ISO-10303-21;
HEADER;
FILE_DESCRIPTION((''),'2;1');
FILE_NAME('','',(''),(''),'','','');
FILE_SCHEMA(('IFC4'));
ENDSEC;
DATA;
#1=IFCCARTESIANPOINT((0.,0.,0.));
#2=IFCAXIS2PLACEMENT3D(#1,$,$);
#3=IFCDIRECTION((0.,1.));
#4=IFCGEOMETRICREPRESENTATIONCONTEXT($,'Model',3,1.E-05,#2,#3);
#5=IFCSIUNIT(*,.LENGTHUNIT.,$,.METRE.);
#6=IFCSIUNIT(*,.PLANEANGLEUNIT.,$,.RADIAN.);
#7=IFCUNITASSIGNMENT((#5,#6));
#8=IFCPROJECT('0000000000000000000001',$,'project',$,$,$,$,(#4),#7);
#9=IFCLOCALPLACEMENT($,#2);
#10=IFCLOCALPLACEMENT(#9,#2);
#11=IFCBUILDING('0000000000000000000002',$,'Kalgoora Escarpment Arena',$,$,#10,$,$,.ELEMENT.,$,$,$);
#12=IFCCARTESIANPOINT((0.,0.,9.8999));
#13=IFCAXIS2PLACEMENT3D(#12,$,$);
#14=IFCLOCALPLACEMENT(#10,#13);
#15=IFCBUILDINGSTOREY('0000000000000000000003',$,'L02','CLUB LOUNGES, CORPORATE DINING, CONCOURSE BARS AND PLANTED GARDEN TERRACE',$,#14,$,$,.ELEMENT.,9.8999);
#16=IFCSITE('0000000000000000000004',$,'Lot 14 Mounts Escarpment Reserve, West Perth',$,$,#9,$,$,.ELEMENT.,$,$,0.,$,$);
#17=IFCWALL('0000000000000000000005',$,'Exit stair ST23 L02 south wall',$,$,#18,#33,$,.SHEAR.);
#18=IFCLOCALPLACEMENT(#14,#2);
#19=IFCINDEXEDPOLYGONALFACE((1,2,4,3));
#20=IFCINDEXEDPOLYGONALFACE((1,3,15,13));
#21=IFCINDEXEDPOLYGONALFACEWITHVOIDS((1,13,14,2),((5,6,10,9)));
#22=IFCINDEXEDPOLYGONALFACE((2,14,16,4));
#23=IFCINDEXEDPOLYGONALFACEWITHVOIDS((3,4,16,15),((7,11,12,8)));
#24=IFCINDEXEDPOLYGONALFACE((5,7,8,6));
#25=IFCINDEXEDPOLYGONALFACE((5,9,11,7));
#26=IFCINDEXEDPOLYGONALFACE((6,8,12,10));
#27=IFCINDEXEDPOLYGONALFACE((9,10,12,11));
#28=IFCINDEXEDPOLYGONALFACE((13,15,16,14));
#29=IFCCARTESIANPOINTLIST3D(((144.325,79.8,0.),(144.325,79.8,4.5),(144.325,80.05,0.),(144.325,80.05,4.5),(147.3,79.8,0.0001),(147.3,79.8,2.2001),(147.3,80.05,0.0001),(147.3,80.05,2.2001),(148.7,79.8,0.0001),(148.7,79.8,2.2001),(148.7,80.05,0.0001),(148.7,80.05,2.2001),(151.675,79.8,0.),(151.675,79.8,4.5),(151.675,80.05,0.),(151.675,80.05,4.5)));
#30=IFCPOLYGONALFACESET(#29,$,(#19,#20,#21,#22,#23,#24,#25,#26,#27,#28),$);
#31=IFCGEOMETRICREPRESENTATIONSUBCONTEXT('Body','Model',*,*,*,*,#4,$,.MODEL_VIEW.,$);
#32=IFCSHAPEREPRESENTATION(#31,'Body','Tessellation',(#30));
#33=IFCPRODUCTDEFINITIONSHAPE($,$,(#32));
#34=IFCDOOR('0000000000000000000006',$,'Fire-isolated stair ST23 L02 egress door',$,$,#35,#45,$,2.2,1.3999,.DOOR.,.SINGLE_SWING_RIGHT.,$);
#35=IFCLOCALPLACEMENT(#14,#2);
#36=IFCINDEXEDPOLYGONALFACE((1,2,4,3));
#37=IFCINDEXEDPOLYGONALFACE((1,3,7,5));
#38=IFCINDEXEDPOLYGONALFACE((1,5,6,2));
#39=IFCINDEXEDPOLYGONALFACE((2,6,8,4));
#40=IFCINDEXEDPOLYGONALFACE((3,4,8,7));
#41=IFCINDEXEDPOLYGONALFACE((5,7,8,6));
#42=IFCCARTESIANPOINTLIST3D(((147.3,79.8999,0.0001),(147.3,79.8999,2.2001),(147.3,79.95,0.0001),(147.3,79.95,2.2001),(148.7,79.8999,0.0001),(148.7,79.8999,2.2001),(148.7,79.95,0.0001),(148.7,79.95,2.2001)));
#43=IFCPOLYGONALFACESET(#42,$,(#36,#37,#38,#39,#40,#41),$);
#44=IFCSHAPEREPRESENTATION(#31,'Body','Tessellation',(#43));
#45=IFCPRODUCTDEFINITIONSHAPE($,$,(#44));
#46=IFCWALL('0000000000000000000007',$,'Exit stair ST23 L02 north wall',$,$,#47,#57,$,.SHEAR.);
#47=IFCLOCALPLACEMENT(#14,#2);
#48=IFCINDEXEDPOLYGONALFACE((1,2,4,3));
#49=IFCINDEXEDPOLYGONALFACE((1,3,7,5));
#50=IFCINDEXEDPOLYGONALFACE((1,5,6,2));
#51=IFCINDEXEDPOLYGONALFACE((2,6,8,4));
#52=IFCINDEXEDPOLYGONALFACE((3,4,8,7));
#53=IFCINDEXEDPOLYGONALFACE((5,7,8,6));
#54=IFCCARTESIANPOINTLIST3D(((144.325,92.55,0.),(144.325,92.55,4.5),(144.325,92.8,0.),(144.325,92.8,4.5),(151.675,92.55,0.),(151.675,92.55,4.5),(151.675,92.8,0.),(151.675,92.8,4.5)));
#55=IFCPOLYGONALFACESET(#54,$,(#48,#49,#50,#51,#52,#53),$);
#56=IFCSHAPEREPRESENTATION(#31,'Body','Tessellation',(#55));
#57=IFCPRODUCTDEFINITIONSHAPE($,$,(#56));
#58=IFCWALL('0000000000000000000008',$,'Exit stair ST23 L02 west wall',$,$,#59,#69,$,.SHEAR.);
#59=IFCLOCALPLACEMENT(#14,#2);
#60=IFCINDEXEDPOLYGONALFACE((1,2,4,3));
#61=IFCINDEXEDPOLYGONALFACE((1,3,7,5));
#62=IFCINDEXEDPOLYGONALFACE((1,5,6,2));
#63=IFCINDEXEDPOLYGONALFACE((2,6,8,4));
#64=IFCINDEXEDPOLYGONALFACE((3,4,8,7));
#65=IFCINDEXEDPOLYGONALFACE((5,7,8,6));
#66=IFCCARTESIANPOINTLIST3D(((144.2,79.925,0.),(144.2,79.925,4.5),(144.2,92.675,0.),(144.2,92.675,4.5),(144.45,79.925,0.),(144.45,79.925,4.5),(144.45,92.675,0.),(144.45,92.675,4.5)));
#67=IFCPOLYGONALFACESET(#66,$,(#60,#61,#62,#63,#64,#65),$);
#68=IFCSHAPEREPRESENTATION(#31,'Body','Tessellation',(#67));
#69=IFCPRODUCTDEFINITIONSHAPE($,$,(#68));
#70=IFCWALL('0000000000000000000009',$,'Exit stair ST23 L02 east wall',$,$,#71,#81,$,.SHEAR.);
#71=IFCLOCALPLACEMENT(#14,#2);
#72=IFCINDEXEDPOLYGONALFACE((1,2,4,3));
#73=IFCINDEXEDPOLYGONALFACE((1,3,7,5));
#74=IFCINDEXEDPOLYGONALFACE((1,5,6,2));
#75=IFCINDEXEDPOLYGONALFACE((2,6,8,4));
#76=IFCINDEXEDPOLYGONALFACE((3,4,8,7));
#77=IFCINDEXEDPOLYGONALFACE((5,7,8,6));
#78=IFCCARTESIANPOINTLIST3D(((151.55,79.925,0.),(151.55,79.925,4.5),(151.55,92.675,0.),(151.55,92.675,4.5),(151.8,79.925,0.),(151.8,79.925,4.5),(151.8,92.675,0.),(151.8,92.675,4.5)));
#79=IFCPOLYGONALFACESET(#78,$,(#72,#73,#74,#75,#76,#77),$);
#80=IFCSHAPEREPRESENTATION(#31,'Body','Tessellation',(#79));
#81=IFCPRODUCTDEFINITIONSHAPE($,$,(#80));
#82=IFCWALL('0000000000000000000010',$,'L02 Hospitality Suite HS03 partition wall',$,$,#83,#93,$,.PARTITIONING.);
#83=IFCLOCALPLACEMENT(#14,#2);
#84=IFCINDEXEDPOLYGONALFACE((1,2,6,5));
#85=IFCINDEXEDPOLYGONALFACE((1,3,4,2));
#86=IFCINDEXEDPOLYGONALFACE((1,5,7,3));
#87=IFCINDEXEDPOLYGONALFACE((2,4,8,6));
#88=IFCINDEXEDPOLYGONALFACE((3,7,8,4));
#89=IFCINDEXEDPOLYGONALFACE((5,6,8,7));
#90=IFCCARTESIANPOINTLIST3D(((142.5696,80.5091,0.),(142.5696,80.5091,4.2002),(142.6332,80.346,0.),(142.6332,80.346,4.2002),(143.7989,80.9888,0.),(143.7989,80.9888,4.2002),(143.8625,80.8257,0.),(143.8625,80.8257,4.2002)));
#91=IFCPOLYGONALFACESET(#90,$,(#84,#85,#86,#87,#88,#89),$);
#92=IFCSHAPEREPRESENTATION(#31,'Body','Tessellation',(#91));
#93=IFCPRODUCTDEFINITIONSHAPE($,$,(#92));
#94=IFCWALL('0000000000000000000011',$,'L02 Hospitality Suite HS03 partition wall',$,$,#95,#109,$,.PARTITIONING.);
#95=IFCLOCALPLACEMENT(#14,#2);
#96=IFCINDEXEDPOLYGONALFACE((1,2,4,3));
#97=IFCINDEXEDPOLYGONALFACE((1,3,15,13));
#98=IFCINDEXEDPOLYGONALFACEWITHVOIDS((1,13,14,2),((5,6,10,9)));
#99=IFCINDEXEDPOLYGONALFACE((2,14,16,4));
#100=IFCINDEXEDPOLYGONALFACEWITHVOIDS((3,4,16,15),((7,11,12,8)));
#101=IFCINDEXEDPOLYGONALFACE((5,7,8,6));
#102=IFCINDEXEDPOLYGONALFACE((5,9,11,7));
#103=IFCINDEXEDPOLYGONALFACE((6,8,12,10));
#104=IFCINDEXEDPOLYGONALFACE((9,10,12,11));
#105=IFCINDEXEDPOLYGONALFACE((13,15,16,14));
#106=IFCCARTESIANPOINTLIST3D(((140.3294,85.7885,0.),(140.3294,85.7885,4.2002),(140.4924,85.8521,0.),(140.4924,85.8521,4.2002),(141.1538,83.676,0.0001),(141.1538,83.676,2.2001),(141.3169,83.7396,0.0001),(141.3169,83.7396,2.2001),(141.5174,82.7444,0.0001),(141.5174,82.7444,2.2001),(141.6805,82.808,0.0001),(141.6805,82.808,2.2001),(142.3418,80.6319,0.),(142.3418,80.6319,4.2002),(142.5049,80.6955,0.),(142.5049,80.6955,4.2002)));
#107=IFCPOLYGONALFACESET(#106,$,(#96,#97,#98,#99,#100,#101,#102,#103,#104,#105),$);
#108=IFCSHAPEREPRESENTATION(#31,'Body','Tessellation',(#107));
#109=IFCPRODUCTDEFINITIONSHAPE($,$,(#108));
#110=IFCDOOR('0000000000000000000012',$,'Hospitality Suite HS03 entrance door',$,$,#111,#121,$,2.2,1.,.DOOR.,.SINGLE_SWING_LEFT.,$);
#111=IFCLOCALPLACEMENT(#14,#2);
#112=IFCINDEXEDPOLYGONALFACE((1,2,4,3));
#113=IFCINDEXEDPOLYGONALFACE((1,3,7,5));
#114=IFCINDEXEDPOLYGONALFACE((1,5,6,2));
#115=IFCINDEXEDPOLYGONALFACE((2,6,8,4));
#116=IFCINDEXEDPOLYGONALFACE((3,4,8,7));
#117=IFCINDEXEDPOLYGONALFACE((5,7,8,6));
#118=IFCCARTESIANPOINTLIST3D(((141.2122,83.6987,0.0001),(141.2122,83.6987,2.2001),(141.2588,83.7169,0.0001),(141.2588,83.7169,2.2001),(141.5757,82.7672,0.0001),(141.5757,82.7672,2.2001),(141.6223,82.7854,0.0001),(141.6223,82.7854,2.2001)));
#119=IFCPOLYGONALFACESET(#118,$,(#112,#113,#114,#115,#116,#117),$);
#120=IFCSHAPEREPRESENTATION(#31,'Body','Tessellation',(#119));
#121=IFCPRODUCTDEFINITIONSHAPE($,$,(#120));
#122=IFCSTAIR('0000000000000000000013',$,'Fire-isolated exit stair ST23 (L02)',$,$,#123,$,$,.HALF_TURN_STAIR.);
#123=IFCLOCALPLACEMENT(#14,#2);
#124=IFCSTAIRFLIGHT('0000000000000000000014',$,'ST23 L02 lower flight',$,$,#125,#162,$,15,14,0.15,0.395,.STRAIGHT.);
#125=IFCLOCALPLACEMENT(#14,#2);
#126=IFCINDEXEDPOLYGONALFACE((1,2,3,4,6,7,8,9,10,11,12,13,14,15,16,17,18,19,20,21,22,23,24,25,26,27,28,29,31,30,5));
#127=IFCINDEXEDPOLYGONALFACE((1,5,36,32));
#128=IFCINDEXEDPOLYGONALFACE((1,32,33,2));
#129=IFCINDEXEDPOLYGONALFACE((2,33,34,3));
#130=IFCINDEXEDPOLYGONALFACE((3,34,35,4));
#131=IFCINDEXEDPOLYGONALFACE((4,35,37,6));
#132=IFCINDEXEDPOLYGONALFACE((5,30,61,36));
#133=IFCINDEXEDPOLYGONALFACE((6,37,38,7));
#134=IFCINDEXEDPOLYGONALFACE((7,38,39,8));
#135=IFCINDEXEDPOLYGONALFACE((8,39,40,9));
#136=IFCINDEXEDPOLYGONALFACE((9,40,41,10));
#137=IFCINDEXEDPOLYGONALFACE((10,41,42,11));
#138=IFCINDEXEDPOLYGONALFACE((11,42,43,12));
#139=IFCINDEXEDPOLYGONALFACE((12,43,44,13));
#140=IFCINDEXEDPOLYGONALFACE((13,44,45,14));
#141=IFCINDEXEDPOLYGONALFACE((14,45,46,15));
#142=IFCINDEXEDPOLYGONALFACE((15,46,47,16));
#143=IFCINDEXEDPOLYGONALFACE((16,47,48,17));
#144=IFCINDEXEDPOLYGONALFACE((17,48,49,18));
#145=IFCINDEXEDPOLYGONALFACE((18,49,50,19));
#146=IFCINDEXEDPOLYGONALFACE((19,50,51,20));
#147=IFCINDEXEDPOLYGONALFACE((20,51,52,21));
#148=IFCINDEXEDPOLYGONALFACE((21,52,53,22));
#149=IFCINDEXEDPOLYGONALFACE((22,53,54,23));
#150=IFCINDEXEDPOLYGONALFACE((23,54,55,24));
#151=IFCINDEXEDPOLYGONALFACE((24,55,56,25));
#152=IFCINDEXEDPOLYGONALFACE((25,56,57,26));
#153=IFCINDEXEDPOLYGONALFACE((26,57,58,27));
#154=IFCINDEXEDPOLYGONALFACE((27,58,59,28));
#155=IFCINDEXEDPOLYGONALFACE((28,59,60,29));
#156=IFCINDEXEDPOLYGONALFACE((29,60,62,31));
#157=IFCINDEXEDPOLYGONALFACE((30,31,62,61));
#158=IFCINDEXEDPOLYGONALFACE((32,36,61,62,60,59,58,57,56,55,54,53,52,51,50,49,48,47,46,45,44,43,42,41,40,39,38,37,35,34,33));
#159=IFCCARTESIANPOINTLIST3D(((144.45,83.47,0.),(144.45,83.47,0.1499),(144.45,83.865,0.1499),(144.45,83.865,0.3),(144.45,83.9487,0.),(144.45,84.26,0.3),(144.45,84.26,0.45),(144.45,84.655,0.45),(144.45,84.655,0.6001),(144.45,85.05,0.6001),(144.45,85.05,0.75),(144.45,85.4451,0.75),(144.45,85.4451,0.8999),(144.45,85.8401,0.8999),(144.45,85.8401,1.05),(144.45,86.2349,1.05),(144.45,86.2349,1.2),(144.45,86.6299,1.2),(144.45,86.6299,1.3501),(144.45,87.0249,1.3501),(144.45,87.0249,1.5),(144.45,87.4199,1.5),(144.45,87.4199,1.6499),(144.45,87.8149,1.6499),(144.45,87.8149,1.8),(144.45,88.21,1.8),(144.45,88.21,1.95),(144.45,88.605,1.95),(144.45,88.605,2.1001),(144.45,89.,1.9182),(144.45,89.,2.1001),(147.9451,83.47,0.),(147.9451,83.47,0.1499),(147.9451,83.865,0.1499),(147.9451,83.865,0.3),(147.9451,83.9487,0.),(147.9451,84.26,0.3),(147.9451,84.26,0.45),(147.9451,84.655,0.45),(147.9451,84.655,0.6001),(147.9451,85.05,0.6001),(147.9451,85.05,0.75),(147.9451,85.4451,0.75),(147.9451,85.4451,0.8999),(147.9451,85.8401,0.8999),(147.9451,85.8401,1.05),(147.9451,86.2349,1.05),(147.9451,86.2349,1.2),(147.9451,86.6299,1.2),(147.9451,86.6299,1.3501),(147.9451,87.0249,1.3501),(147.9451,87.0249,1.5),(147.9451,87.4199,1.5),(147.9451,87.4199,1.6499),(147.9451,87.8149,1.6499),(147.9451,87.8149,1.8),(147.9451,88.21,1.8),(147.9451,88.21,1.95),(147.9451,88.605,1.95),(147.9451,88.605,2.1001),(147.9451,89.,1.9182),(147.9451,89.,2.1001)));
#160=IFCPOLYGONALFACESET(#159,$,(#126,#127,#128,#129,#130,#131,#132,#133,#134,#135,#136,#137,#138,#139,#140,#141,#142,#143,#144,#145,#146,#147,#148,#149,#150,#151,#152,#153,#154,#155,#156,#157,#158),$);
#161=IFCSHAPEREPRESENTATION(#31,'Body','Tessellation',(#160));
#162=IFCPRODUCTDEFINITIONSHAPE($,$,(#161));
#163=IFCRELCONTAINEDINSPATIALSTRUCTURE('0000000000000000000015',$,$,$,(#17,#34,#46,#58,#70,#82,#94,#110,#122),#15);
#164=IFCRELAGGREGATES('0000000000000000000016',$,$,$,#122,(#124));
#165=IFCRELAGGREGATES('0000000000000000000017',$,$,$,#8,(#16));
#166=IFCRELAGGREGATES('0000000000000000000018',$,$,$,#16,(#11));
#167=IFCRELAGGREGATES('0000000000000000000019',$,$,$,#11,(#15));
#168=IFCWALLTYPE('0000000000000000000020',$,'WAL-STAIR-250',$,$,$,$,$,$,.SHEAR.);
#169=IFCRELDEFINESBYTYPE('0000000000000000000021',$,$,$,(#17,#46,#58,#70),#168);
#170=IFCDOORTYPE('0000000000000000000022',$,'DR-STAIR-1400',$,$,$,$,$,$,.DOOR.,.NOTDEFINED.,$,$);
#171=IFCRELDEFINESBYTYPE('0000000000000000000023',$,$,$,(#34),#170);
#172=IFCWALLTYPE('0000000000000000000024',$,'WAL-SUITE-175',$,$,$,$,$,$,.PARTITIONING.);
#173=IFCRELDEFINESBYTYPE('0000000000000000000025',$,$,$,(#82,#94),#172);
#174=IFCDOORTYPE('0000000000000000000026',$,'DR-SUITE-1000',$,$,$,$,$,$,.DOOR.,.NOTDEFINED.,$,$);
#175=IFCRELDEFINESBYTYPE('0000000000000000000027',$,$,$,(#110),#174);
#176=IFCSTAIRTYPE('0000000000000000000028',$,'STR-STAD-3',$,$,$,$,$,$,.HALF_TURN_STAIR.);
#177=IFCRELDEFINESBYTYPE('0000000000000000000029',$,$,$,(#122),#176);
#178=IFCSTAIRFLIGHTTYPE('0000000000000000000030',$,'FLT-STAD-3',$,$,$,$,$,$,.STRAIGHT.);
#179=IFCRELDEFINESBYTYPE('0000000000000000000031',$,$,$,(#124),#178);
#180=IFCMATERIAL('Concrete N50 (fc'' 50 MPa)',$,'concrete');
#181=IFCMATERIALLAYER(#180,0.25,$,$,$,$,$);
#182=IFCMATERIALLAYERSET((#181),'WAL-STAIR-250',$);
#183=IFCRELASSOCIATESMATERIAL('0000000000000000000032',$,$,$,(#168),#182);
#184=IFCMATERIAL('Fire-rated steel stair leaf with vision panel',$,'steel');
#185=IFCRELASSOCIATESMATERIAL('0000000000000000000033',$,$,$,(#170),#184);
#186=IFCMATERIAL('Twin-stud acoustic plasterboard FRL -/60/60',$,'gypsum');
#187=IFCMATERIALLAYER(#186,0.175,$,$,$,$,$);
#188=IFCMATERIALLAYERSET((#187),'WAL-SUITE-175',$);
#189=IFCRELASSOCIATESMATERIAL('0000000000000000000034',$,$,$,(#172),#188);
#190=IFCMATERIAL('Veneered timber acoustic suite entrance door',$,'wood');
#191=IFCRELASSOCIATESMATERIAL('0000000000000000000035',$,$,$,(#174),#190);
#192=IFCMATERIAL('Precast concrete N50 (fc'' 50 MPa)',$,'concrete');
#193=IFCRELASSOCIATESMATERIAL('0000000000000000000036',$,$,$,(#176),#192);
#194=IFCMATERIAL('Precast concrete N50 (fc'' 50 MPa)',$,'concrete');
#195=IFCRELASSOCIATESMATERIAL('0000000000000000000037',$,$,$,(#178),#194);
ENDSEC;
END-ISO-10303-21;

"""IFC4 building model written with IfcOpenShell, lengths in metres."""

from ifc_helpers import new_model, si_unit, direction, frame, frame_2d, origin, place, context, subcontext, project, spatial, polyline, rectangle, outline, extrude, material, layer, layer_set, type_object, element, fill, aggregate, save


model = new_model("IFC4")

# Units and contexts
model_context = context("Model", 3, precision=1e-05, world=origin(), true_north=direction((0.0, 1.0)))
body_context = subcontext(model_context, "Body", "Model", "MODEL_VIEW")
ifc_project = project(units=[si_unit("LENGTHUNIT", "METRE"), si_unit("PLANEANGLEUNIT", "RADIAN")], contexts=[model_context])

# Site, building, storey
site_placement = place(None, origin())
site = spatial("IfcSite", under=ifc_project, at=site_placement, Name="Lot 14 Mounts Escarpment Reserve, West Perth", CompositionType="ELEMENT", RefElevation=0.0)
building_placement = place(site_placement, origin())
building = spatial("IfcBuilding", under=site, at=building_placement, Name="Kalgoora Escarpment Arena", CompositionType="ELEMENT")
storey_placement = place(building_placement, frame((0.0, 0.0, 9.8999)))
storey = spatial("IfcBuildingStorey", under=building, at=storey_placement, Name="L02", Description="CLUB LOUNGES, CORPORATE DINING, CONCOURSE BARS AND PLANTED GARDEN TERRACE", CompositionType="ELEMENT", Elevation=9.8999)

# Wall, opening, door
ifc_material_1 = material(Name="Concrete N50 (fc' 50 MPa)", Category="concrete")
ifc_layer_1 = layer(ifc_material_1, 0.25)
ifc_layer_set_1 = layer_set([ifc_layer_1], Name="WAL-STAIR-250")
wall_type_1 = type_object("IfcWallType", Name="WAL-STAIR-250", PredefinedType="SHEAR", material=ifc_layer_set_1)
wall_1_placement = place(storey_placement, frame((144.325, 79.925, 0.0), z_axis=(0.0, 0.0, 1.0), x_axis=(1.0, 0.0, 0.0)))
wall_1 = element("IfcWall", 1, at=wall_1_placement, inside=storey, type_object=wall_type_1, Name="Exit stair ST23 L02 south wall", PredefinedType="SHEAR", context=body_context, shape_type="SweptSolid", body=[
    extrude(rectangle(XDim=7.3501, YDim=0.25, at=frame_2d((3.675, 0.0))), origin(), (0.0, 0.0, 1.0), 4.5),
])
opening_1_placement = place(wall_1_placement, frame((2.9751, 0.0, 0.0)))
opening_1 = element("IfcOpeningElement", 2, at=opening_1_placement, cuts=wall_1, PredefinedType="OPENING", context=body_context, shape_type="SweptSolid", body=[
    extrude(rectangle(XDim=1.3999, YDim=2.2, at=frame_2d((0.7, 1.1001))), frame((0.0, 0.135, 0.0), z_axis=(0.0, -1.0, 0.0), x_axis=(1.0, 0.0, 0.0)), (0.0, 0.0, 1.0), 0.27),
])
ifc_material_2 = material(Name="Fire-rated steel stair leaf with vision panel", Category="steel")
door_type_1 = type_object("IfcDoorType", Name="DR-STAIR-1400", OperationType="NOTDEFINED", PredefinedType="DOOR", material=ifc_material_2)
door_1_placement = place(opening_1_placement, origin())
door_1 = element("IfcDoor", 3, at=door_1_placement, inside=storey, type_object=door_type_1, Name="Fire-isolated stair ST23 L02 egress door", OperationType="SINGLE_SWING_RIGHT", OverallHeight=2.2, OverallWidth=1.3999, PredefinedType="DOOR", context=body_context, shape_type="SweptSolid", body=[
    extrude(rectangle(XDim=1.3999, YDim=2.2, at=frame_2d((0.7, 1.1001))), frame((0.0, 0.0249, 0.0), z_axis=(0.0, -1.0, 0.0), x_axis=(1.0, 0.0, 0.0)), (0.0, 0.0, 1.0), 0.05),
])
fill(opening_1, door_1)

# Walls
wall_2_placement = place(storey_placement, frame((144.325, 92.675, 0.0), z_axis=(0.0, 0.0, 1.0), x_axis=(1.0, 0.0, 0.0)))
element("IfcWall", 4, at=wall_2_placement, inside=storey, type_object=wall_type_1, Name="Exit stair ST23 L02 north wall", PredefinedType="SHEAR", context=body_context, shape_type="SweptSolid", body=[
    extrude(rectangle(XDim=7.3501, YDim=0.25, at=frame_2d((3.675, 0.0))), origin(), (0.0, 0.0, 1.0), 4.5),
])
for number, where, z_axis, x_axis, name in (
    (5, (144.325, 79.925, 0.0), (0.0, 0.0, 1.0), (0.0, 1.0, 0.0), "Exit stair ST23 L02 west wall"),
    (6, (151.675, 79.925, 0.0), (0.0, 0.0, 1.0), (0.0, 1.0, 0.0), "Exit stair ST23 L02 east wall"),
):
    element("IfcWall", number, at=place(storey_placement, frame(where, z_axis=z_axis, x_axis=x_axis)), inside=storey, type_object=wall_type_1, Name=name, PredefinedType="SHEAR", context=body_context, shape_type="SweptSolid", body=[
        extrude(rectangle(XDim=12.75, YDim=0.25, at=frame_2d((6.375, 0.0))), origin(), (0.0, 0.0, 1.0), 4.5),
    ])
ifc_material_3 = material(Name="Twin-stud acoustic plasterboard FRL -/60/60", Category="gypsum")
ifc_layer_2 = layer(ifc_material_3, 0.175)
ifc_layer_set_2 = layer_set([ifc_layer_2], Name="WAL-SUITE-175")
wall_type_2 = type_object("IfcWallType", Name="WAL-SUITE-175", PredefinedType="PARTITIONING", material=ifc_layer_set_2)
wall_3_placement = place(storey_placement, frame((143.8306, 80.9072, 0.0), z_axis=(0.0, 0.0, 1.0), x_axis=(-0.93157, -0.363562, 0.0)))
element("IfcWall", 7, at=wall_3_placement, inside=storey, type_object=wall_type_2, Name="L02 Hospitality Suite HS03 partition wall", PredefinedType="PARTITIONING", context=body_context, shape_type="SweptSolid", body=[
    extrude(rectangle(XDim=1.3196, YDim=0.175, at=frame_2d((0.6597, 0.0))), origin(), (0.0, 0.0, 1.0), 4.2002),
])

# Wall, opening, door
wall_4_placement = place(storey_placement, frame((142.4233, 80.6638, 0.0), z_axis=(0.0, 0.0, 1.0), x_axis=(-0.363568, 0.931568, 0.0)))
wall_4 = element("IfcWall", 8, at=wall_4_placement, inside=storey, type_object=wall_type_2, Name="L02 Hospitality Suite HS03 partition wall", PredefinedType="PARTITIONING", context=body_context, shape_type="SweptSolid", body=[
    extrude(rectangle(XDim=5.5354, YDim=0.175, at=frame_2d((2.7676, 0.0))), origin(), (0.0, 0.0, 1.0), 4.2002),
])
opening_2_placement = place(wall_4_placement, frame((2.2676, 0.0, 0.0)))
opening_2 = element("IfcOpeningElement", 9, at=opening_2_placement, cuts=wall_4, PredefinedType="OPENING", context=body_context, shape_type="SweptSolid", body=[
    extrude(rectangle(XDim=1.0, YDim=2.2, at=frame_2d((0.5, 1.1001))), frame((0.0, 0.0974, 0.0), z_axis=(0.0, -1.0, 0.0), x_axis=(1.0, 0.0, 0.0)), (0.0, 0.0, 1.0), 0.1951),
])
ifc_material_4 = material(Name="Veneered timber acoustic suite entrance door", Category="wood")
door_type_2 = type_object("IfcDoorType", Name="DR-SUITE-1000", OperationType="NOTDEFINED", PredefinedType="DOOR", material=ifc_material_4)
door_2_placement = place(opening_2_placement, origin())
door_2 = element("IfcDoor", 10, at=door_2_placement, inside=storey, type_object=door_type_2, Name="Hospitality Suite HS03 entrance door", OperationType="SINGLE_SWING_LEFT", OverallHeight=2.2, OverallWidth=1.0, PredefinedType="DOOR", context=body_context, shape_type="SweptSolid", body=[
    extrude(rectangle(XDim=1.0, YDim=2.2, at=frame_2d((0.5, 1.1001))), frame((0.0, 0.0249, 0.0), z_axis=(0.0, -1.0, 0.0), x_axis=(1.0, 0.0, 0.0)), (0.0, 0.0, 1.0), 0.05),
])
fill(opening_2, door_2)

# Stair, stair flight
ifc_material_5 = material(Name="Precast concrete N50 (fc' 50 MPa)", Category="concrete")
stair_type = type_object("IfcStairType", Name="STR-STAD-3", PredefinedType="HALF_TURN_STAIR", material=ifc_material_5)
stair_placement = place(storey_placement, origin())
stair = element("IfcStair", 11, at=stair_placement, inside=storey, type_object=stair_type, Name="Fire-isolated exit stair ST23 (L02)", PredefinedType="HALF_TURN_STAIR")
ifc_material_6 = material(Name="Precast concrete N50 (fc' 50 MPa)", Category="concrete")
stair_flight_type = type_object("IfcStairFlightType", Name="FLT-STAD-3", PredefinedType="STRAIGHT", material=ifc_material_6)
stair_flight_1_placement = place(storey_placement, frame((146.1975, 83.47, 0.0), z_axis=(0.0, 0.0, 1.0), x_axis=(0.0, 1.0, 0.0)))
stair_flight_1 = element("IfcStairFlight", 12, at=stair_flight_1_placement, type_object=stair_flight_type, Name="ST23 L02 lower flight", NumberOfRisers=15, NumberOfTreads=14, PredefinedType="STRAIGHT", RiserHeight=0.15, TreadLength=0.395, context=body_context, shape_type="SweptSolid", body=[
    extrude(outline(polyline([(0.0, 0.0), (0.0, 0.1499), (0.395, 0.1499), (0.395, 0.3), (0.79, 0.3), (0.79, 0.45), (1.1851, 0.45), (1.1851, 0.6001), (1.5801, 0.6001), (1.5801, 0.75), (1.9751, 0.75), (1.9751, 0.8999), (2.3701, 0.8999), (2.3701, 1.05), (2.7649, 1.05), (2.7649, 1.2), (3.1599, 1.2), (3.1599, 1.3501), (3.5549, 1.3501), (3.5549, 1.5), (3.95, 1.5), (3.95, 1.6499), (4.345, 1.6499), (4.345, 1.8), (4.74, 1.8), (4.74, 1.95), (5.135, 1.95), (5.135, 2.1001), (5.53, 2.1001), (5.53, 2.25), (5.53, 1.9182), (0.4788, 0.0), (0.0, 0.0)])), frame((0.0, 1.7476, 0.0), z_axis=(0.0, -1.0, 0.0), x_axis=(1.0, 0.0, 0.0)), (0.0, 0.0, 1.0), 3.4951),
])
aggregate(stair, [stair_flight_1])

save(model, "model.ifc")
